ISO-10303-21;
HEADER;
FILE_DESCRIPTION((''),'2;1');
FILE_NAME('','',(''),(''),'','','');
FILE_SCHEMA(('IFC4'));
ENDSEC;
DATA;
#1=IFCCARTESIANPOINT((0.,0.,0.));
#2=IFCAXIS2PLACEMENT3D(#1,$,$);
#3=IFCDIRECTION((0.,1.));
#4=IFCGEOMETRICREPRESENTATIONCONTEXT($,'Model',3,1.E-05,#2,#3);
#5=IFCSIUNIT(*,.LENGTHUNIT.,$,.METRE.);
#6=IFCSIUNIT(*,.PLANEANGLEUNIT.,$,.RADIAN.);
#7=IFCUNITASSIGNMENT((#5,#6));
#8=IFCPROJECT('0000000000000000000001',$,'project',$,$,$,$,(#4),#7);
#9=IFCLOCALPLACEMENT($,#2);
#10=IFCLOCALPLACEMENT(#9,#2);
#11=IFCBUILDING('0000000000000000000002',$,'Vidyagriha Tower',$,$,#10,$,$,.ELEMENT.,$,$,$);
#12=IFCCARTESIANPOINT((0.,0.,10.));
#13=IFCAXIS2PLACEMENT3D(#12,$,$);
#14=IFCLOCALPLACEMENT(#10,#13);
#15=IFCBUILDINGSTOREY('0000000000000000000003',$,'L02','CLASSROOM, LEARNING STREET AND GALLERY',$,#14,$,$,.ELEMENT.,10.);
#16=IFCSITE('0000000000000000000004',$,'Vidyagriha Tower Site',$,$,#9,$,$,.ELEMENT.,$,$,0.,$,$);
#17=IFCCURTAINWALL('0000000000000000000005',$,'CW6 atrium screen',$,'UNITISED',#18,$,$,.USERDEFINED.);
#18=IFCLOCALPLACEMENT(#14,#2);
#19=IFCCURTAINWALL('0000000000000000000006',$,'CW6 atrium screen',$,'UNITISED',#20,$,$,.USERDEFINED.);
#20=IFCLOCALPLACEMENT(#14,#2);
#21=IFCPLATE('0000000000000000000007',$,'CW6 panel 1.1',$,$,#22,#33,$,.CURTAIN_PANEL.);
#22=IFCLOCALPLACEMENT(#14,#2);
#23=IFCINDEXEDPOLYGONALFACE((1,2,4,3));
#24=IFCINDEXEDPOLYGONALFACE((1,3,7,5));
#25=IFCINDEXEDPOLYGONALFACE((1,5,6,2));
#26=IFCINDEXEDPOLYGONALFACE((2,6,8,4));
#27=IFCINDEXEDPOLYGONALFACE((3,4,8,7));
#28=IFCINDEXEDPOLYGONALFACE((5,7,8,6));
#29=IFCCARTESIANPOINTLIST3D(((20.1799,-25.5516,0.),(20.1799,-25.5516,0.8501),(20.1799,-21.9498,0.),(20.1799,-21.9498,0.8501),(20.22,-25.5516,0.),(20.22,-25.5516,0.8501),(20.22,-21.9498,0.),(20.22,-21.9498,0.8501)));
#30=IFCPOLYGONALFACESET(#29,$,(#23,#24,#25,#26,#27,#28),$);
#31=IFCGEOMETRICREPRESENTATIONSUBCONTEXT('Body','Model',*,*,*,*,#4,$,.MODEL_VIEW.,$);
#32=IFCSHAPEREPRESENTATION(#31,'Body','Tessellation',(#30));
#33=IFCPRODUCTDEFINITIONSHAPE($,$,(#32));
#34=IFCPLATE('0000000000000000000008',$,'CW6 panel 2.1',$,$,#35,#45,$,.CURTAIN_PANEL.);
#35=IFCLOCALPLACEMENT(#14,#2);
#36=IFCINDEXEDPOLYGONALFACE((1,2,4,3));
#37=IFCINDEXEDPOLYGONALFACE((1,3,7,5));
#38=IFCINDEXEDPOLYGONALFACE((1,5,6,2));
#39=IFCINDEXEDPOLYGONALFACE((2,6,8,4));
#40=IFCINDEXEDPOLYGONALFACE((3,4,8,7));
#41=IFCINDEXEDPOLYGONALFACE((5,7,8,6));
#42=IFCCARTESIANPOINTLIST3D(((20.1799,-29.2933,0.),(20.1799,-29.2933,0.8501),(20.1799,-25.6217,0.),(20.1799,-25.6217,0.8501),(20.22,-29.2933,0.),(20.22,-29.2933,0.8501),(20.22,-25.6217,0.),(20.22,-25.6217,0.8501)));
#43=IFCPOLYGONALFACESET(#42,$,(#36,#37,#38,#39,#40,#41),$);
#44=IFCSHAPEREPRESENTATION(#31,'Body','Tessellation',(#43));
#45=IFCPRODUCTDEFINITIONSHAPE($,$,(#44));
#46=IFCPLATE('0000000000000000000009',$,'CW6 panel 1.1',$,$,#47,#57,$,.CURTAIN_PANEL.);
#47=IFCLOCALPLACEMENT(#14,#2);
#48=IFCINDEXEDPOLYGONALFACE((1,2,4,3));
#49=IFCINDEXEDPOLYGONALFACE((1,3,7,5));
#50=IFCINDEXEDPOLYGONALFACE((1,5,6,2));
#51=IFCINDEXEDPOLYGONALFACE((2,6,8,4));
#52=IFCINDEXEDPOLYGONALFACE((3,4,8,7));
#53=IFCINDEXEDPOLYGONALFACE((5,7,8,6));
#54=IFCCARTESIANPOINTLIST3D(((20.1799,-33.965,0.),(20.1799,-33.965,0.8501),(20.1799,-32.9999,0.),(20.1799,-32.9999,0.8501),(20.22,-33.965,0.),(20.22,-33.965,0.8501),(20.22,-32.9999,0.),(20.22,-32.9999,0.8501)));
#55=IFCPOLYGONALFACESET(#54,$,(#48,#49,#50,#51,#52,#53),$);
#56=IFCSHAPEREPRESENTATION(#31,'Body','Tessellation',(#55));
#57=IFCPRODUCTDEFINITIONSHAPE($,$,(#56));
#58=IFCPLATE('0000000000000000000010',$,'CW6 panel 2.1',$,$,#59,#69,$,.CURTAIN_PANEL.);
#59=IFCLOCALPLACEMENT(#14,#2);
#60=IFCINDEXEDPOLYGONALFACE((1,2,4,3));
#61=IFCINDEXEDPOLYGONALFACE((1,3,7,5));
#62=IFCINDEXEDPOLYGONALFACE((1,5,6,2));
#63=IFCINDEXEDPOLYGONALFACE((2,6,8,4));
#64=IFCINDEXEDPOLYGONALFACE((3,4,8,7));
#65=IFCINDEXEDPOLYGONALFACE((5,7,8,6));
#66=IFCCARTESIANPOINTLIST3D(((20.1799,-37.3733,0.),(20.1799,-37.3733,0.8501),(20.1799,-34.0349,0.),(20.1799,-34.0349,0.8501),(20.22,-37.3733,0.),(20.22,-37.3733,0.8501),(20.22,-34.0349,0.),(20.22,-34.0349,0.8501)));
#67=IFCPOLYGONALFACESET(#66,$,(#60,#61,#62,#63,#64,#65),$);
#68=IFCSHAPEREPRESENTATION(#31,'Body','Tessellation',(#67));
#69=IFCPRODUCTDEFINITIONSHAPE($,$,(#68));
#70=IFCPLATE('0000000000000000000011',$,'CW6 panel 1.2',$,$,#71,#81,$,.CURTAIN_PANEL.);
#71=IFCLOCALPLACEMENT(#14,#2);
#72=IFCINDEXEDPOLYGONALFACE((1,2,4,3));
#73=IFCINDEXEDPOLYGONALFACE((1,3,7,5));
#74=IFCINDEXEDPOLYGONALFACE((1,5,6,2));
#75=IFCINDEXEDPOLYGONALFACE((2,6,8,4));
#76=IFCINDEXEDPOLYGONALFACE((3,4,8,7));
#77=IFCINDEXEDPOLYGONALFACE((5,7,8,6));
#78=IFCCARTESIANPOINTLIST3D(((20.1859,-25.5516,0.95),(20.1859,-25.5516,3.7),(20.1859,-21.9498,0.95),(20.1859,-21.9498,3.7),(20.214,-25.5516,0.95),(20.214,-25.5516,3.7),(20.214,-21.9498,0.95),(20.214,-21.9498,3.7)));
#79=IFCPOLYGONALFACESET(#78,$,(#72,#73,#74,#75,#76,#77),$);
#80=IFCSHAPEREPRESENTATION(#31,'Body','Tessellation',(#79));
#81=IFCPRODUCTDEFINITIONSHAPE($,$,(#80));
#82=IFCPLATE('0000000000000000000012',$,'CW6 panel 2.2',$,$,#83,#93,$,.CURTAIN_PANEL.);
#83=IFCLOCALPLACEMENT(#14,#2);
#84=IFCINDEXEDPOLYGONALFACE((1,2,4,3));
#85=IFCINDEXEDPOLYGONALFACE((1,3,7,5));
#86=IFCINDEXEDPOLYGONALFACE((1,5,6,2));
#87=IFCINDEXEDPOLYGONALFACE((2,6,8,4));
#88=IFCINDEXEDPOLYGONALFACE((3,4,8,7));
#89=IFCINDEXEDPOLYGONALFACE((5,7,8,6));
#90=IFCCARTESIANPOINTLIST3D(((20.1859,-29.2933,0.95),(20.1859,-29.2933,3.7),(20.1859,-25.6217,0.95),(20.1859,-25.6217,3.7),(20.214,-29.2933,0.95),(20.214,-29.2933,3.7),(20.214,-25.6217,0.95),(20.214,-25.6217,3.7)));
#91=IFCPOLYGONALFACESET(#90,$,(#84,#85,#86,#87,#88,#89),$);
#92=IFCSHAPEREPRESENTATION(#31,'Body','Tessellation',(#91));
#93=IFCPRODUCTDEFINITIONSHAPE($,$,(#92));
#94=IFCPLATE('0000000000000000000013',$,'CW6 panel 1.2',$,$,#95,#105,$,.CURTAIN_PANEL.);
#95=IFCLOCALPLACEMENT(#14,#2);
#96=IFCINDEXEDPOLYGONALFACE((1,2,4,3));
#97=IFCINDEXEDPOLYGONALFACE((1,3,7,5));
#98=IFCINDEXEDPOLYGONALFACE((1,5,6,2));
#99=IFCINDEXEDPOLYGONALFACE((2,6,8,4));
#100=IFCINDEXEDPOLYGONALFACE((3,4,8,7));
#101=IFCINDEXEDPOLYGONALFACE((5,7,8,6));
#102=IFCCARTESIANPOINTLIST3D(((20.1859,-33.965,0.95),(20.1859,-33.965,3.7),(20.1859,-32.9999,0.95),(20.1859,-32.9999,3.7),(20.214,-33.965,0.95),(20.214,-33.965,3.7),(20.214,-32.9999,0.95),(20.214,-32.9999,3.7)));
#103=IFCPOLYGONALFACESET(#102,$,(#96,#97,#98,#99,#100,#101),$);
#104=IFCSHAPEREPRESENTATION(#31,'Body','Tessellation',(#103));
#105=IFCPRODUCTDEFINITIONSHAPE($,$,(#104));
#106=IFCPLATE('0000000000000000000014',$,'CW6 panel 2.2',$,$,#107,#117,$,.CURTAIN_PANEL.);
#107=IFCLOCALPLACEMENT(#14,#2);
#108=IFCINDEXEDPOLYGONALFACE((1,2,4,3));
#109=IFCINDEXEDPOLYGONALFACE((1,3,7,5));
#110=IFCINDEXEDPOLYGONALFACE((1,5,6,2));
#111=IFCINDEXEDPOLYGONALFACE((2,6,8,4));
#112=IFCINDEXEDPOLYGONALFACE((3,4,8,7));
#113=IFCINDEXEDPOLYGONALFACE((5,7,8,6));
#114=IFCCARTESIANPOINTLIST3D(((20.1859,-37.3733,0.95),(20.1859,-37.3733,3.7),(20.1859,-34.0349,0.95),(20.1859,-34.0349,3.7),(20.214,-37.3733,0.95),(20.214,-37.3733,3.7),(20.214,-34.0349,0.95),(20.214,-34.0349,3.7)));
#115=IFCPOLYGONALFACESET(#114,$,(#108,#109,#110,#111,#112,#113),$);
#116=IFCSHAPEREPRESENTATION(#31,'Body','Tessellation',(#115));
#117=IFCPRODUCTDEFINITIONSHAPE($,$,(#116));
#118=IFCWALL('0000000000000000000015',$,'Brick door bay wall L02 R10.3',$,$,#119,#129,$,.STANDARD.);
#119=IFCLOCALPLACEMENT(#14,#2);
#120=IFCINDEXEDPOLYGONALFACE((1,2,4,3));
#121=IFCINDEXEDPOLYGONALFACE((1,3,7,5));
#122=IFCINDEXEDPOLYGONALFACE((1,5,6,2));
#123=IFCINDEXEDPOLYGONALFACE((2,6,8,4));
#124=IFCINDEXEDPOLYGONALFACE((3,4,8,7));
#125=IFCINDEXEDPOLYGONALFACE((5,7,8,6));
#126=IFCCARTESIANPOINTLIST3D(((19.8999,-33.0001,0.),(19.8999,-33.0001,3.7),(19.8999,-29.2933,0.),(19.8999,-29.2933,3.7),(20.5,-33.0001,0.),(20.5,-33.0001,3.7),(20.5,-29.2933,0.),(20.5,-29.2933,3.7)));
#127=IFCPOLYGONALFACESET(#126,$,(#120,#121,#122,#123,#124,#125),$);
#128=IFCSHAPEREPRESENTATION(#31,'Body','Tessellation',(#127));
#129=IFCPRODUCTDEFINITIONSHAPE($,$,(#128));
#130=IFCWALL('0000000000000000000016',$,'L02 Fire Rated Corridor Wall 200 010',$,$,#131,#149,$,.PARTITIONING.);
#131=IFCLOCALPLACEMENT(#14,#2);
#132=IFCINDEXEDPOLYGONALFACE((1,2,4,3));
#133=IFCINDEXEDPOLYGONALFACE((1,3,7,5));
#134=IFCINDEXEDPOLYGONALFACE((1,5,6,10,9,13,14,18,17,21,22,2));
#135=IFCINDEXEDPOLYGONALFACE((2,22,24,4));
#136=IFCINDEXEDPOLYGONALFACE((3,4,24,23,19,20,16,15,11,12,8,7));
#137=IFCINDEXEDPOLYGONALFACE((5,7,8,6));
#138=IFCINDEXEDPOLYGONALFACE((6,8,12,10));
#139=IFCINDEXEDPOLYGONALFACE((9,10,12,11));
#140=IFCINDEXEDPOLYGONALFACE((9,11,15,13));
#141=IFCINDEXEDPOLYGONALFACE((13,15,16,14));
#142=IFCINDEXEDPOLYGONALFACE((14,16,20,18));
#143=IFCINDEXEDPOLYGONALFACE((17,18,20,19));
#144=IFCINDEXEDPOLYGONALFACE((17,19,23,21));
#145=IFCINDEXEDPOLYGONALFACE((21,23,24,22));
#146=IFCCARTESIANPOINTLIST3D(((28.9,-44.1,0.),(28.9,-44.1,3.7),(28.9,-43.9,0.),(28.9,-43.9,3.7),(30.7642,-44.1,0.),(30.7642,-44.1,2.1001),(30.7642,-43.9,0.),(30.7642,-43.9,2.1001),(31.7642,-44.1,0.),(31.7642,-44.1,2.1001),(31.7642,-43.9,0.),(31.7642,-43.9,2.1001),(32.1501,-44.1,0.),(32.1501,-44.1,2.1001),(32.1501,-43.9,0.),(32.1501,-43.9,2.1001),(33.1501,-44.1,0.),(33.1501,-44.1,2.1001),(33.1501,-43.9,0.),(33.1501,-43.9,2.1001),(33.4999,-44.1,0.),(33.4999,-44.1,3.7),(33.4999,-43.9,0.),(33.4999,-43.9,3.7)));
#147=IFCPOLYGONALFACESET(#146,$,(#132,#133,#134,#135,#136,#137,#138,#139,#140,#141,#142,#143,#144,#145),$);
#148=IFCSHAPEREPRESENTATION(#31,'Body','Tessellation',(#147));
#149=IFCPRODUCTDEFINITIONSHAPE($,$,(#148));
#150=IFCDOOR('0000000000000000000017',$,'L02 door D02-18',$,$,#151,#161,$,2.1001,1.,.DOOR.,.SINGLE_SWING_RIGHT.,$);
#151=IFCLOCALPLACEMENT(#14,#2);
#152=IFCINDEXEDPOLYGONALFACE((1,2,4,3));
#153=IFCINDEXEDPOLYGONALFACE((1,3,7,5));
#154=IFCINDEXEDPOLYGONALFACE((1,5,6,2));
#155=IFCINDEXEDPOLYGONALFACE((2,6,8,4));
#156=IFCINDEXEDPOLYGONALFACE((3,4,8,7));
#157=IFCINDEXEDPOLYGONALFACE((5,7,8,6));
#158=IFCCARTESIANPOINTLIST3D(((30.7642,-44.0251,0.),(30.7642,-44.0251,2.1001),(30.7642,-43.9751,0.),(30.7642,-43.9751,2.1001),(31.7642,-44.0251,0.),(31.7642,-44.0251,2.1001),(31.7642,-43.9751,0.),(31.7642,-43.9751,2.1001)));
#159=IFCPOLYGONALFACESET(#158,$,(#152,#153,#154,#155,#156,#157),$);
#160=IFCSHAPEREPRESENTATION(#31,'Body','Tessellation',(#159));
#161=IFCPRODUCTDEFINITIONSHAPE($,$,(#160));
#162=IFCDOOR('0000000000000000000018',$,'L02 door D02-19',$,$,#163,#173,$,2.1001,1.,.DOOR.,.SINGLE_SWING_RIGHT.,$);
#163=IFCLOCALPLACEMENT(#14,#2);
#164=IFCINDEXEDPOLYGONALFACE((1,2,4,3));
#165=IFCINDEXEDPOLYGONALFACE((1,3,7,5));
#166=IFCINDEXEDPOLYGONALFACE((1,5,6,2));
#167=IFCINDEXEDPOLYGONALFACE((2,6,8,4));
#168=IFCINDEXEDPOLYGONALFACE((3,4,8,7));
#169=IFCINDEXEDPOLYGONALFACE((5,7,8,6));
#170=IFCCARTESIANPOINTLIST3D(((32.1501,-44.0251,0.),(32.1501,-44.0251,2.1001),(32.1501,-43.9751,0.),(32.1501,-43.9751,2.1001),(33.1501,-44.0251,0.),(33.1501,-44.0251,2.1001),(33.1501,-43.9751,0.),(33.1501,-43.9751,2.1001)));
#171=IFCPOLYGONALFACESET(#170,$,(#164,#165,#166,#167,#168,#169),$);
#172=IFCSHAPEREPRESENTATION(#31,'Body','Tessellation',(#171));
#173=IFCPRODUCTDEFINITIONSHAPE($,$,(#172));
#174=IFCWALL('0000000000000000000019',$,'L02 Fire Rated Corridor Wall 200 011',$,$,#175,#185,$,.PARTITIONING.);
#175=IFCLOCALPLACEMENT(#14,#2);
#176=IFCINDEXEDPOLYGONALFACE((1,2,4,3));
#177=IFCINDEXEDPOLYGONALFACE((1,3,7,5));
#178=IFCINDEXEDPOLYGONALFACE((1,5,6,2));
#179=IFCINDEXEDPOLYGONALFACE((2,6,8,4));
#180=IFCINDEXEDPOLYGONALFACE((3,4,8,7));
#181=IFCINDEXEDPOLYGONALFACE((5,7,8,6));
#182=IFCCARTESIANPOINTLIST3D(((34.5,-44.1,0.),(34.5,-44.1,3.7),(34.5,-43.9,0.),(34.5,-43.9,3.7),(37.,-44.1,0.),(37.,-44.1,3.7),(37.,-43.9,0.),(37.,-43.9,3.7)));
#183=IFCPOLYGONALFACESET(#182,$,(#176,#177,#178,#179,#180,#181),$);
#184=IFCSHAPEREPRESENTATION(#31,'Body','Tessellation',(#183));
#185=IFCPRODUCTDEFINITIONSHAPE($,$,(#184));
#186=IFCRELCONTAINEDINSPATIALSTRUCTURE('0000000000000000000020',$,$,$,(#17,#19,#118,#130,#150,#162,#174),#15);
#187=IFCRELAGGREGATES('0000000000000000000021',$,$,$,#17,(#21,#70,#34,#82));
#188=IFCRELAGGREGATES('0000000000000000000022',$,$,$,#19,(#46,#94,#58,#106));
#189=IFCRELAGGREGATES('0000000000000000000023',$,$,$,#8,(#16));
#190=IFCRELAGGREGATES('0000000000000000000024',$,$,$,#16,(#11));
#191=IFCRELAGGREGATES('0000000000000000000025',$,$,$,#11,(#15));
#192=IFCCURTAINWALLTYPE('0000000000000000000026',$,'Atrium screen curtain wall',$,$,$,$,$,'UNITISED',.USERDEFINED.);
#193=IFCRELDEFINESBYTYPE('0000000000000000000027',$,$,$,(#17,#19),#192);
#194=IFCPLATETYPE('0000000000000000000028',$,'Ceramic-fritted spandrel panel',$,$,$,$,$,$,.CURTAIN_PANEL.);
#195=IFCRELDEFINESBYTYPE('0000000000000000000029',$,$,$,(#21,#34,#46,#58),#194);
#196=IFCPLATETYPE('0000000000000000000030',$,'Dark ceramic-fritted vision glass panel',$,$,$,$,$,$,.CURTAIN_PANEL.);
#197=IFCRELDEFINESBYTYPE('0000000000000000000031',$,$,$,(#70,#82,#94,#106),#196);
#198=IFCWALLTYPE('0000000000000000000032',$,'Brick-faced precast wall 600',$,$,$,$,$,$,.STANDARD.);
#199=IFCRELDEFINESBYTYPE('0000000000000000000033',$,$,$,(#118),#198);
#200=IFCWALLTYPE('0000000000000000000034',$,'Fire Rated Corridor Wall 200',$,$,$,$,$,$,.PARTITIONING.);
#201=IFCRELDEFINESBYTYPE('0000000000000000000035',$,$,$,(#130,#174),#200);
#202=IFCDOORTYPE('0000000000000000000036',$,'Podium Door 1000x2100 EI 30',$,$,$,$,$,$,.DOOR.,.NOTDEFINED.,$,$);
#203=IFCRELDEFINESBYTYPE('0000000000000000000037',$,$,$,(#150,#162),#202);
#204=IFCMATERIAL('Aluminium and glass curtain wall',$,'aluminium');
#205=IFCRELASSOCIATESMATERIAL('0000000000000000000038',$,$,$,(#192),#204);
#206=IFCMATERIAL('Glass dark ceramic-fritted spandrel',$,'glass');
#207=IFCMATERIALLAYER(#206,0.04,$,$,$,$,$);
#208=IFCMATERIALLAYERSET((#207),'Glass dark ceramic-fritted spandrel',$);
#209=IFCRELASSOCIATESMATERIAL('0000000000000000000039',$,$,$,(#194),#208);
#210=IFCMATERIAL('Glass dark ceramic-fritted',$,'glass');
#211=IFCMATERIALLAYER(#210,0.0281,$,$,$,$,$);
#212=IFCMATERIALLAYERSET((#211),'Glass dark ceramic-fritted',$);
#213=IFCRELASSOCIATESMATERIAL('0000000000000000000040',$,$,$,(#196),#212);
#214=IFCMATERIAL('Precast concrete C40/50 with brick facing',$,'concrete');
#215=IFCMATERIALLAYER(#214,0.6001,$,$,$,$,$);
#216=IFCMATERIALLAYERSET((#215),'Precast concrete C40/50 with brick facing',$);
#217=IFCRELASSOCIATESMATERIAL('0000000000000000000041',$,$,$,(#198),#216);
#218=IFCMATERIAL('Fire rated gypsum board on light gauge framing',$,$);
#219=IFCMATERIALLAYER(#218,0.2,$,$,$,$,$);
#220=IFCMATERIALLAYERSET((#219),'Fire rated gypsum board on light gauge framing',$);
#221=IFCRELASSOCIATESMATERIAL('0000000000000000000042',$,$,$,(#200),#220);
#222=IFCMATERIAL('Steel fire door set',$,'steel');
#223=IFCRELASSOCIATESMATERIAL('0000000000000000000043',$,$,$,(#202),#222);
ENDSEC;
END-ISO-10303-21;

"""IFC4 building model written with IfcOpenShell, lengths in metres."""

from ifc_helpers import new_model, si_unit, direction, frame, frame_2d, origin, origin_2d, place, context, subcontext, project, spatial, rectangle, extrude, material, layer, layer_set, type_object, element, fill, aggregate, save


model = new_model("IFC4")

# Units and contexts
model_context = context("Model", 3, precision=1e-05, world=origin(), true_north=direction((0.0, 1.0)))
body_context = subcontext(model_context, "Body", "Model", "MODEL_VIEW")
ifc_project = project(units=[si_unit("LENGTHUNIT", "METRE"), si_unit("PLANEANGLEUNIT", "RADIAN")], contexts=[model_context])

# Site, building, storey
site_placement = place(None, origin())
site = spatial("IfcSite", under=ifc_project, at=site_placement, Name="Vidyagriha Tower Site", CompositionType="ELEMENT", RefElevation=0.0)
building_placement = place(site_placement, origin())
building = spatial("IfcBuilding", under=site, at=building_placement, Name="Vidyagriha Tower", CompositionType="ELEMENT")
storey_placement = place(building_placement, frame((0.0, 0.0, 10.0)))
storey = spatial("IfcBuildingStorey", under=building, at=storey_placement, Name="L02", Description="CLASSROOM, LEARNING STREET AND GALLERY", CompositionType="ELEMENT", Elevation=10.0)

# Curtain walls
ifc_material_1 = material(Name="Aluminium and glass curtain wall", Category="aluminium")
curtain_wall_type = type_object("IfcCurtainWallType", Name="Atrium screen curtain wall", ElementType="UNITISED", PredefinedType="USERDEFINED", material=ifc_material_1)
curtain_wall_1_placement = place(storey_placement, origin())
curtain_wall_1 = element("IfcCurtainWall", 1, at=curtain_wall_1_placement, inside=storey, type_object=curtain_wall_type, Name="CW6 atrium screen", ObjectType="UNITISED", PredefinedType="USERDEFINED")
curtain_wall_2_placement = place(storey_placement, origin())
curtain_wall_2 = element("IfcCurtainWall", 2, at=curtain_wall_2_placement, inside=storey, type_object=curtain_wall_type, Name="CW6 atrium screen", ObjectType="UNITISED", PredefinedType="USERDEFINED")

# Plates
ifc_material_2 = material(Name="Glass dark ceramic-fritted spandrel", Category="glass")
ifc_layer_1 = layer(ifc_material_2, 0.04)
ifc_layer_set_1 = layer_set([ifc_layer_1], Name="Glass dark ceramic-fritted spandrel")
plate_type_1 = type_object("IfcPlateType", Name="Ceramic-fritted spandrel panel", PredefinedType="CURTAIN_PANEL", material=ifc_layer_set_1)
plate_1_placement = place(storey_placement, frame((20.2, -23.7507, 0.0), z_axis=(0.0, 0.0, 1.0), x_axis=(0.0, -1.0, 0.0)))
plate_1 = element("IfcPlate", 3, at=plate_1_placement, type_object=plate_type_1, Name="CW6 panel 1.1", PredefinedType="CURTAIN_PANEL", context=body_context, shape_type="SweptSolid", body=[
    extrude(rectangle(XDim=3.6018, YDim=0.04, at=origin_2d()), origin(), (0.0, 0.0, 1.0), 0.8501),
])
plate_2_placement = place(storey_placement, frame((20.2, -27.4575, 0.0), z_axis=(0.0, 0.0, 1.0), x_axis=(0.0, -1.0, 0.0)))
plate_2 = element("IfcPlate", 4, at=plate_2_placement, type_object=plate_type_1, Name="CW6 panel 2.1", PredefinedType="CURTAIN_PANEL", context=body_context, shape_type="SweptSolid", body=[
    extrude(rectangle(XDim=3.6716, YDim=0.04, at=origin_2d()), origin(), (0.0, 0.0, 1.0), 0.8501),
])
plate_3_placement = place(storey_placement, frame((20.2, -33.4824, 0.0), z_axis=(0.0, 0.0, 1.0), x_axis=(0.0, -1.0, 0.0)))
plate_3 = element("IfcPlate", 5, at=plate_3_placement, type_object=plate_type_1, Name="CW6 panel 1.1", PredefinedType="CURTAIN_PANEL", context=body_context, shape_type="SweptSolid", body=[
    extrude(rectangle(XDim=0.9651, YDim=0.04, at=origin_2d()), origin(), (0.0, 0.0, 1.0), 0.8501),
])
plate_4_placement = place(storey_placement, frame((20.2, -35.7041, 0.0), z_axis=(0.0, 0.0, 1.0), x_axis=(0.0, -1.0, 0.0)))
plate_4 = element("IfcPlate", 6, at=plate_4_placement, type_object=plate_type_1, Name="CW6 panel 2.1", PredefinedType="CURTAIN_PANEL", context=body_context, shape_type="SweptSolid", body=[
    extrude(rectangle(XDim=3.3384, YDim=0.04, at=origin_2d()), origin(), (0.0, 0.0, 1.0), 0.8501),
])
ifc_material_3 = material(Name="Glass dark ceramic-fritted", Category="glass")
ifc_layer_2 = layer(ifc_material_3, 0.0281)
ifc_layer_set_2 = layer_set([ifc_layer_2], Name="Glass dark ceramic-fritted")
plate_type_2 = type_object("IfcPlateType", Name="Dark ceramic-fritted vision glass panel", PredefinedType="CURTAIN_PANEL", material=ifc_layer_set_2)
plate_5_placement = place(storey_placement, frame((20.2, -23.7507, 0.95), z_axis=(0.0, 0.0, 1.0), x_axis=(0.0, -1.0, 0.0)))
plate_5 = element("IfcPlate", 7, at=plate_5_placement, type_object=plate_type_2, Name="CW6 panel 1.2", PredefinedType="CURTAIN_PANEL", context=body_context, shape_type="SweptSolid", body=[
    extrude(rectangle(XDim=3.6018, YDim=0.0281, at=origin_2d()), origin(), (0.0, 0.0, 1.0), 2.75),
])
plate_6_placement = place(storey_placement, frame((20.2, -27.4575, 0.95), z_axis=(0.0, 0.0, 1.0), x_axis=(0.0, -1.0, 0.0)))
plate_6 = element("IfcPlate", 8, at=plate_6_placement, type_object=plate_type_2, Name="CW6 panel 2.2", PredefinedType="CURTAIN_PANEL", context=body_context, shape_type="SweptSolid", body=[
    extrude(rectangle(XDim=3.6716, YDim=0.0281, at=origin_2d()), origin(), (0.0, 0.0, 1.0), 2.75),
])
aggregate(curtain_wall_1, [plate_1, plate_5, plate_2, plate_6])
plate_7_placement = place(storey_placement, frame((20.2, -33.4824, 0.95), z_axis=(0.0, 0.0, 1.0), x_axis=(0.0, -1.0, 0.0)))
plate_7 = element("IfcPlate", 9, at=plate_7_placement, type_object=plate_type_2, Name="CW6 panel 1.2", PredefinedType="CURTAIN_PANEL", context=body_context, shape_type="SweptSolid", body=[
    extrude(rectangle(XDim=0.9651, YDim=0.0281, at=origin_2d()), origin(), (0.0, 0.0, 1.0), 2.75),
])
plate_8_placement = place(storey_placement, frame((20.2, -35.7041, 0.95), z_axis=(0.0, 0.0, 1.0), x_axis=(0.0, -1.0, 0.0)))
plate_8 = element("IfcPlate", 10, at=plate_8_placement, type_object=plate_type_2, Name="CW6 panel 2.2", PredefinedType="CURTAIN_PANEL", context=body_context, shape_type="SweptSolid", body=[
    extrude(rectangle(XDim=3.3384, YDim=0.0281, at=origin_2d()), origin(), (0.0, 0.0, 1.0), 2.75),
])
aggregate(curtain_wall_2, [plate_3, plate_7, plate_4, plate_8])

# Wall
ifc_material_4 = material(Name="Precast concrete C40/50 with brick facing", Category="concrete")
ifc_layer_3 = layer(ifc_material_4, 0.6001)
ifc_layer_set_3 = layer_set([ifc_layer_3], Name="Precast concrete C40/50 with brick facing")
wall_type_1 = type_object("IfcWallType", Name="Brick-faced precast wall 600", PredefinedType="STANDARD", material=ifc_layer_set_3)
wall_1_placement = place(storey_placement, frame((20.2, -29.2932, 0.0), z_axis=(0.0, 0.0, 1.0), x_axis=(0.0, -1.0, 0.0)))
element("IfcWall", 11, at=wall_1_placement, inside=storey, type_object=wall_type_1, Name="Brick door bay wall L02 R10.3", PredefinedType="STANDARD", context=body_context, shape_type="SweptSolid", body=[
    extrude(rectangle(XDim=3.7068, YDim=0.6001, at=frame_2d((1.8535, 0.0))), origin(), (0.0, 0.0, 1.0), 3.7),
])

# Wall, openings, doors
ifc_material_5 = material(Name="Fire rated gypsum board on light gauge framing")
ifc_layer_4 = layer(ifc_material_5, 0.2)
ifc_layer_set_4 = layer_set([ifc_layer_4], Name="Fire rated gypsum board on light gauge framing")
wall_type_2 = type_object("IfcWallType", Name="Fire Rated Corridor Wall 200", PredefinedType="PARTITIONING", material=ifc_layer_set_4)
wall_2_placement = place(storey_placement, frame((28.9001, -44.0, 0.0)))
wall_2 = element("IfcWall", 12, at=wall_2_placement, inside=storey, type_object=wall_type_2, Name="L02 Fire Rated Corridor Wall 200 010", PredefinedType="PARTITIONING", context=body_context, shape_type="SweptSolid", body=[
    extrude(rectangle(XDim=4.5999, YDim=0.2, at=frame_2d((2.2998, 0.0))), origin(), (0.0, 0.0, 1.0), 3.7),
])
opening_1_placement = place(wall_2_placement, frame((1.864, 0.0, 0.0)))
opening_1 = element("IfcOpeningElement", 13, at=opening_1_placement, cuts=wall_2, PredefinedType="OPENING", context=body_context, shape_type="SweptSolid", body=[
    extrude(rectangle(XDim=1.0, YDim=2.1001, at=frame_2d((0.5, 1.05))), frame((0.0, 0.1099, 0.0), z_axis=(0.0, -1.0, 0.0), x_axis=(1.0, 0.0, 0.0)), (0.0, 0.0, 1.0), 0.22),
])
opening_2_placement = place(wall_2_placement, frame((3.25, 0.0, 0.0)))
opening_2 = element("IfcOpeningElement", 14, at=opening_2_placement, cuts=wall_2, PredefinedType="OPENING", context=body_context, shape_type="SweptSolid", body=[
    extrude(rectangle(XDim=1.0, YDim=2.1001, at=frame_2d((0.5, 1.05))), frame((0.0, 0.1099, 0.0), z_axis=(0.0, -1.0, 0.0), x_axis=(1.0, 0.0, 0.0)), (0.0, 0.0, 1.0), 0.22),
])
ifc_material_6 = material(Name="Steel fire door set", Category="steel")
door_type = type_object("IfcDoorType", Name="Podium Door 1000x2100 EI 30", OperationType="NOTDEFINED", PredefinedType="DOOR", material=ifc_material_6)
door_1_placement = place(opening_1_placement, origin())
door_1 = element("IfcDoor", 15, at=door_1_placement, inside=storey, type_object=door_type, Name="L02 door D02-18", OperationType="SINGLE_SWING_RIGHT", OverallHeight=2.1001, OverallWidth=1.0, PredefinedType="DOOR", context=body_context, shape_type="SweptSolid", body=[
    extrude(rectangle(XDim=1.0, YDim=2.1001, at=frame_2d((0.5, 1.05))), frame((0.0, 0.0249, 0.0), z_axis=(0.0, -1.0, 0.0), x_axis=(1.0, 0.0, 0.0)), (0.0, 0.0, 1.0), 0.05),
])
fill(opening_1, door_1)
door_2_placement = place(opening_2_placement, origin())
door_2 = element("IfcDoor", 16, at=door_2_placement, inside=storey, type_object=door_type, Name="L02 door D02-19", OperationType="SINGLE_SWING_RIGHT", OverallHeight=2.1001, OverallWidth=1.0, PredefinedType="DOOR", context=body_context, shape_type="SweptSolid", body=[
    extrude(rectangle(XDim=1.0, YDim=2.1001, at=frame_2d((0.5, 1.05))), frame((0.0, 0.0249, 0.0), z_axis=(0.0, -1.0, 0.0), x_axis=(1.0, 0.0, 0.0)), (0.0, 0.0, 1.0), 0.05),
])
fill(opening_2, door_2)

# Wall
wall_3_placement = place(storey_placement, frame((34.5, -44.0, 0.0)))
element("IfcWall", 17, at=wall_3_placement, inside=storey, type_object=wall_type_2, Name="L02 Fire Rated Corridor Wall 200 011", PredefinedType="PARTITIONING", context=body_context, shape_type="SweptSolid", body=[
    extrude(rectangle(XDim=2.5, YDim=0.2, at=frame_2d((1.25, 0.0))), origin(), (0.0, 0.0, 1.0), 3.7),
])

save(model, "model.ifc")
